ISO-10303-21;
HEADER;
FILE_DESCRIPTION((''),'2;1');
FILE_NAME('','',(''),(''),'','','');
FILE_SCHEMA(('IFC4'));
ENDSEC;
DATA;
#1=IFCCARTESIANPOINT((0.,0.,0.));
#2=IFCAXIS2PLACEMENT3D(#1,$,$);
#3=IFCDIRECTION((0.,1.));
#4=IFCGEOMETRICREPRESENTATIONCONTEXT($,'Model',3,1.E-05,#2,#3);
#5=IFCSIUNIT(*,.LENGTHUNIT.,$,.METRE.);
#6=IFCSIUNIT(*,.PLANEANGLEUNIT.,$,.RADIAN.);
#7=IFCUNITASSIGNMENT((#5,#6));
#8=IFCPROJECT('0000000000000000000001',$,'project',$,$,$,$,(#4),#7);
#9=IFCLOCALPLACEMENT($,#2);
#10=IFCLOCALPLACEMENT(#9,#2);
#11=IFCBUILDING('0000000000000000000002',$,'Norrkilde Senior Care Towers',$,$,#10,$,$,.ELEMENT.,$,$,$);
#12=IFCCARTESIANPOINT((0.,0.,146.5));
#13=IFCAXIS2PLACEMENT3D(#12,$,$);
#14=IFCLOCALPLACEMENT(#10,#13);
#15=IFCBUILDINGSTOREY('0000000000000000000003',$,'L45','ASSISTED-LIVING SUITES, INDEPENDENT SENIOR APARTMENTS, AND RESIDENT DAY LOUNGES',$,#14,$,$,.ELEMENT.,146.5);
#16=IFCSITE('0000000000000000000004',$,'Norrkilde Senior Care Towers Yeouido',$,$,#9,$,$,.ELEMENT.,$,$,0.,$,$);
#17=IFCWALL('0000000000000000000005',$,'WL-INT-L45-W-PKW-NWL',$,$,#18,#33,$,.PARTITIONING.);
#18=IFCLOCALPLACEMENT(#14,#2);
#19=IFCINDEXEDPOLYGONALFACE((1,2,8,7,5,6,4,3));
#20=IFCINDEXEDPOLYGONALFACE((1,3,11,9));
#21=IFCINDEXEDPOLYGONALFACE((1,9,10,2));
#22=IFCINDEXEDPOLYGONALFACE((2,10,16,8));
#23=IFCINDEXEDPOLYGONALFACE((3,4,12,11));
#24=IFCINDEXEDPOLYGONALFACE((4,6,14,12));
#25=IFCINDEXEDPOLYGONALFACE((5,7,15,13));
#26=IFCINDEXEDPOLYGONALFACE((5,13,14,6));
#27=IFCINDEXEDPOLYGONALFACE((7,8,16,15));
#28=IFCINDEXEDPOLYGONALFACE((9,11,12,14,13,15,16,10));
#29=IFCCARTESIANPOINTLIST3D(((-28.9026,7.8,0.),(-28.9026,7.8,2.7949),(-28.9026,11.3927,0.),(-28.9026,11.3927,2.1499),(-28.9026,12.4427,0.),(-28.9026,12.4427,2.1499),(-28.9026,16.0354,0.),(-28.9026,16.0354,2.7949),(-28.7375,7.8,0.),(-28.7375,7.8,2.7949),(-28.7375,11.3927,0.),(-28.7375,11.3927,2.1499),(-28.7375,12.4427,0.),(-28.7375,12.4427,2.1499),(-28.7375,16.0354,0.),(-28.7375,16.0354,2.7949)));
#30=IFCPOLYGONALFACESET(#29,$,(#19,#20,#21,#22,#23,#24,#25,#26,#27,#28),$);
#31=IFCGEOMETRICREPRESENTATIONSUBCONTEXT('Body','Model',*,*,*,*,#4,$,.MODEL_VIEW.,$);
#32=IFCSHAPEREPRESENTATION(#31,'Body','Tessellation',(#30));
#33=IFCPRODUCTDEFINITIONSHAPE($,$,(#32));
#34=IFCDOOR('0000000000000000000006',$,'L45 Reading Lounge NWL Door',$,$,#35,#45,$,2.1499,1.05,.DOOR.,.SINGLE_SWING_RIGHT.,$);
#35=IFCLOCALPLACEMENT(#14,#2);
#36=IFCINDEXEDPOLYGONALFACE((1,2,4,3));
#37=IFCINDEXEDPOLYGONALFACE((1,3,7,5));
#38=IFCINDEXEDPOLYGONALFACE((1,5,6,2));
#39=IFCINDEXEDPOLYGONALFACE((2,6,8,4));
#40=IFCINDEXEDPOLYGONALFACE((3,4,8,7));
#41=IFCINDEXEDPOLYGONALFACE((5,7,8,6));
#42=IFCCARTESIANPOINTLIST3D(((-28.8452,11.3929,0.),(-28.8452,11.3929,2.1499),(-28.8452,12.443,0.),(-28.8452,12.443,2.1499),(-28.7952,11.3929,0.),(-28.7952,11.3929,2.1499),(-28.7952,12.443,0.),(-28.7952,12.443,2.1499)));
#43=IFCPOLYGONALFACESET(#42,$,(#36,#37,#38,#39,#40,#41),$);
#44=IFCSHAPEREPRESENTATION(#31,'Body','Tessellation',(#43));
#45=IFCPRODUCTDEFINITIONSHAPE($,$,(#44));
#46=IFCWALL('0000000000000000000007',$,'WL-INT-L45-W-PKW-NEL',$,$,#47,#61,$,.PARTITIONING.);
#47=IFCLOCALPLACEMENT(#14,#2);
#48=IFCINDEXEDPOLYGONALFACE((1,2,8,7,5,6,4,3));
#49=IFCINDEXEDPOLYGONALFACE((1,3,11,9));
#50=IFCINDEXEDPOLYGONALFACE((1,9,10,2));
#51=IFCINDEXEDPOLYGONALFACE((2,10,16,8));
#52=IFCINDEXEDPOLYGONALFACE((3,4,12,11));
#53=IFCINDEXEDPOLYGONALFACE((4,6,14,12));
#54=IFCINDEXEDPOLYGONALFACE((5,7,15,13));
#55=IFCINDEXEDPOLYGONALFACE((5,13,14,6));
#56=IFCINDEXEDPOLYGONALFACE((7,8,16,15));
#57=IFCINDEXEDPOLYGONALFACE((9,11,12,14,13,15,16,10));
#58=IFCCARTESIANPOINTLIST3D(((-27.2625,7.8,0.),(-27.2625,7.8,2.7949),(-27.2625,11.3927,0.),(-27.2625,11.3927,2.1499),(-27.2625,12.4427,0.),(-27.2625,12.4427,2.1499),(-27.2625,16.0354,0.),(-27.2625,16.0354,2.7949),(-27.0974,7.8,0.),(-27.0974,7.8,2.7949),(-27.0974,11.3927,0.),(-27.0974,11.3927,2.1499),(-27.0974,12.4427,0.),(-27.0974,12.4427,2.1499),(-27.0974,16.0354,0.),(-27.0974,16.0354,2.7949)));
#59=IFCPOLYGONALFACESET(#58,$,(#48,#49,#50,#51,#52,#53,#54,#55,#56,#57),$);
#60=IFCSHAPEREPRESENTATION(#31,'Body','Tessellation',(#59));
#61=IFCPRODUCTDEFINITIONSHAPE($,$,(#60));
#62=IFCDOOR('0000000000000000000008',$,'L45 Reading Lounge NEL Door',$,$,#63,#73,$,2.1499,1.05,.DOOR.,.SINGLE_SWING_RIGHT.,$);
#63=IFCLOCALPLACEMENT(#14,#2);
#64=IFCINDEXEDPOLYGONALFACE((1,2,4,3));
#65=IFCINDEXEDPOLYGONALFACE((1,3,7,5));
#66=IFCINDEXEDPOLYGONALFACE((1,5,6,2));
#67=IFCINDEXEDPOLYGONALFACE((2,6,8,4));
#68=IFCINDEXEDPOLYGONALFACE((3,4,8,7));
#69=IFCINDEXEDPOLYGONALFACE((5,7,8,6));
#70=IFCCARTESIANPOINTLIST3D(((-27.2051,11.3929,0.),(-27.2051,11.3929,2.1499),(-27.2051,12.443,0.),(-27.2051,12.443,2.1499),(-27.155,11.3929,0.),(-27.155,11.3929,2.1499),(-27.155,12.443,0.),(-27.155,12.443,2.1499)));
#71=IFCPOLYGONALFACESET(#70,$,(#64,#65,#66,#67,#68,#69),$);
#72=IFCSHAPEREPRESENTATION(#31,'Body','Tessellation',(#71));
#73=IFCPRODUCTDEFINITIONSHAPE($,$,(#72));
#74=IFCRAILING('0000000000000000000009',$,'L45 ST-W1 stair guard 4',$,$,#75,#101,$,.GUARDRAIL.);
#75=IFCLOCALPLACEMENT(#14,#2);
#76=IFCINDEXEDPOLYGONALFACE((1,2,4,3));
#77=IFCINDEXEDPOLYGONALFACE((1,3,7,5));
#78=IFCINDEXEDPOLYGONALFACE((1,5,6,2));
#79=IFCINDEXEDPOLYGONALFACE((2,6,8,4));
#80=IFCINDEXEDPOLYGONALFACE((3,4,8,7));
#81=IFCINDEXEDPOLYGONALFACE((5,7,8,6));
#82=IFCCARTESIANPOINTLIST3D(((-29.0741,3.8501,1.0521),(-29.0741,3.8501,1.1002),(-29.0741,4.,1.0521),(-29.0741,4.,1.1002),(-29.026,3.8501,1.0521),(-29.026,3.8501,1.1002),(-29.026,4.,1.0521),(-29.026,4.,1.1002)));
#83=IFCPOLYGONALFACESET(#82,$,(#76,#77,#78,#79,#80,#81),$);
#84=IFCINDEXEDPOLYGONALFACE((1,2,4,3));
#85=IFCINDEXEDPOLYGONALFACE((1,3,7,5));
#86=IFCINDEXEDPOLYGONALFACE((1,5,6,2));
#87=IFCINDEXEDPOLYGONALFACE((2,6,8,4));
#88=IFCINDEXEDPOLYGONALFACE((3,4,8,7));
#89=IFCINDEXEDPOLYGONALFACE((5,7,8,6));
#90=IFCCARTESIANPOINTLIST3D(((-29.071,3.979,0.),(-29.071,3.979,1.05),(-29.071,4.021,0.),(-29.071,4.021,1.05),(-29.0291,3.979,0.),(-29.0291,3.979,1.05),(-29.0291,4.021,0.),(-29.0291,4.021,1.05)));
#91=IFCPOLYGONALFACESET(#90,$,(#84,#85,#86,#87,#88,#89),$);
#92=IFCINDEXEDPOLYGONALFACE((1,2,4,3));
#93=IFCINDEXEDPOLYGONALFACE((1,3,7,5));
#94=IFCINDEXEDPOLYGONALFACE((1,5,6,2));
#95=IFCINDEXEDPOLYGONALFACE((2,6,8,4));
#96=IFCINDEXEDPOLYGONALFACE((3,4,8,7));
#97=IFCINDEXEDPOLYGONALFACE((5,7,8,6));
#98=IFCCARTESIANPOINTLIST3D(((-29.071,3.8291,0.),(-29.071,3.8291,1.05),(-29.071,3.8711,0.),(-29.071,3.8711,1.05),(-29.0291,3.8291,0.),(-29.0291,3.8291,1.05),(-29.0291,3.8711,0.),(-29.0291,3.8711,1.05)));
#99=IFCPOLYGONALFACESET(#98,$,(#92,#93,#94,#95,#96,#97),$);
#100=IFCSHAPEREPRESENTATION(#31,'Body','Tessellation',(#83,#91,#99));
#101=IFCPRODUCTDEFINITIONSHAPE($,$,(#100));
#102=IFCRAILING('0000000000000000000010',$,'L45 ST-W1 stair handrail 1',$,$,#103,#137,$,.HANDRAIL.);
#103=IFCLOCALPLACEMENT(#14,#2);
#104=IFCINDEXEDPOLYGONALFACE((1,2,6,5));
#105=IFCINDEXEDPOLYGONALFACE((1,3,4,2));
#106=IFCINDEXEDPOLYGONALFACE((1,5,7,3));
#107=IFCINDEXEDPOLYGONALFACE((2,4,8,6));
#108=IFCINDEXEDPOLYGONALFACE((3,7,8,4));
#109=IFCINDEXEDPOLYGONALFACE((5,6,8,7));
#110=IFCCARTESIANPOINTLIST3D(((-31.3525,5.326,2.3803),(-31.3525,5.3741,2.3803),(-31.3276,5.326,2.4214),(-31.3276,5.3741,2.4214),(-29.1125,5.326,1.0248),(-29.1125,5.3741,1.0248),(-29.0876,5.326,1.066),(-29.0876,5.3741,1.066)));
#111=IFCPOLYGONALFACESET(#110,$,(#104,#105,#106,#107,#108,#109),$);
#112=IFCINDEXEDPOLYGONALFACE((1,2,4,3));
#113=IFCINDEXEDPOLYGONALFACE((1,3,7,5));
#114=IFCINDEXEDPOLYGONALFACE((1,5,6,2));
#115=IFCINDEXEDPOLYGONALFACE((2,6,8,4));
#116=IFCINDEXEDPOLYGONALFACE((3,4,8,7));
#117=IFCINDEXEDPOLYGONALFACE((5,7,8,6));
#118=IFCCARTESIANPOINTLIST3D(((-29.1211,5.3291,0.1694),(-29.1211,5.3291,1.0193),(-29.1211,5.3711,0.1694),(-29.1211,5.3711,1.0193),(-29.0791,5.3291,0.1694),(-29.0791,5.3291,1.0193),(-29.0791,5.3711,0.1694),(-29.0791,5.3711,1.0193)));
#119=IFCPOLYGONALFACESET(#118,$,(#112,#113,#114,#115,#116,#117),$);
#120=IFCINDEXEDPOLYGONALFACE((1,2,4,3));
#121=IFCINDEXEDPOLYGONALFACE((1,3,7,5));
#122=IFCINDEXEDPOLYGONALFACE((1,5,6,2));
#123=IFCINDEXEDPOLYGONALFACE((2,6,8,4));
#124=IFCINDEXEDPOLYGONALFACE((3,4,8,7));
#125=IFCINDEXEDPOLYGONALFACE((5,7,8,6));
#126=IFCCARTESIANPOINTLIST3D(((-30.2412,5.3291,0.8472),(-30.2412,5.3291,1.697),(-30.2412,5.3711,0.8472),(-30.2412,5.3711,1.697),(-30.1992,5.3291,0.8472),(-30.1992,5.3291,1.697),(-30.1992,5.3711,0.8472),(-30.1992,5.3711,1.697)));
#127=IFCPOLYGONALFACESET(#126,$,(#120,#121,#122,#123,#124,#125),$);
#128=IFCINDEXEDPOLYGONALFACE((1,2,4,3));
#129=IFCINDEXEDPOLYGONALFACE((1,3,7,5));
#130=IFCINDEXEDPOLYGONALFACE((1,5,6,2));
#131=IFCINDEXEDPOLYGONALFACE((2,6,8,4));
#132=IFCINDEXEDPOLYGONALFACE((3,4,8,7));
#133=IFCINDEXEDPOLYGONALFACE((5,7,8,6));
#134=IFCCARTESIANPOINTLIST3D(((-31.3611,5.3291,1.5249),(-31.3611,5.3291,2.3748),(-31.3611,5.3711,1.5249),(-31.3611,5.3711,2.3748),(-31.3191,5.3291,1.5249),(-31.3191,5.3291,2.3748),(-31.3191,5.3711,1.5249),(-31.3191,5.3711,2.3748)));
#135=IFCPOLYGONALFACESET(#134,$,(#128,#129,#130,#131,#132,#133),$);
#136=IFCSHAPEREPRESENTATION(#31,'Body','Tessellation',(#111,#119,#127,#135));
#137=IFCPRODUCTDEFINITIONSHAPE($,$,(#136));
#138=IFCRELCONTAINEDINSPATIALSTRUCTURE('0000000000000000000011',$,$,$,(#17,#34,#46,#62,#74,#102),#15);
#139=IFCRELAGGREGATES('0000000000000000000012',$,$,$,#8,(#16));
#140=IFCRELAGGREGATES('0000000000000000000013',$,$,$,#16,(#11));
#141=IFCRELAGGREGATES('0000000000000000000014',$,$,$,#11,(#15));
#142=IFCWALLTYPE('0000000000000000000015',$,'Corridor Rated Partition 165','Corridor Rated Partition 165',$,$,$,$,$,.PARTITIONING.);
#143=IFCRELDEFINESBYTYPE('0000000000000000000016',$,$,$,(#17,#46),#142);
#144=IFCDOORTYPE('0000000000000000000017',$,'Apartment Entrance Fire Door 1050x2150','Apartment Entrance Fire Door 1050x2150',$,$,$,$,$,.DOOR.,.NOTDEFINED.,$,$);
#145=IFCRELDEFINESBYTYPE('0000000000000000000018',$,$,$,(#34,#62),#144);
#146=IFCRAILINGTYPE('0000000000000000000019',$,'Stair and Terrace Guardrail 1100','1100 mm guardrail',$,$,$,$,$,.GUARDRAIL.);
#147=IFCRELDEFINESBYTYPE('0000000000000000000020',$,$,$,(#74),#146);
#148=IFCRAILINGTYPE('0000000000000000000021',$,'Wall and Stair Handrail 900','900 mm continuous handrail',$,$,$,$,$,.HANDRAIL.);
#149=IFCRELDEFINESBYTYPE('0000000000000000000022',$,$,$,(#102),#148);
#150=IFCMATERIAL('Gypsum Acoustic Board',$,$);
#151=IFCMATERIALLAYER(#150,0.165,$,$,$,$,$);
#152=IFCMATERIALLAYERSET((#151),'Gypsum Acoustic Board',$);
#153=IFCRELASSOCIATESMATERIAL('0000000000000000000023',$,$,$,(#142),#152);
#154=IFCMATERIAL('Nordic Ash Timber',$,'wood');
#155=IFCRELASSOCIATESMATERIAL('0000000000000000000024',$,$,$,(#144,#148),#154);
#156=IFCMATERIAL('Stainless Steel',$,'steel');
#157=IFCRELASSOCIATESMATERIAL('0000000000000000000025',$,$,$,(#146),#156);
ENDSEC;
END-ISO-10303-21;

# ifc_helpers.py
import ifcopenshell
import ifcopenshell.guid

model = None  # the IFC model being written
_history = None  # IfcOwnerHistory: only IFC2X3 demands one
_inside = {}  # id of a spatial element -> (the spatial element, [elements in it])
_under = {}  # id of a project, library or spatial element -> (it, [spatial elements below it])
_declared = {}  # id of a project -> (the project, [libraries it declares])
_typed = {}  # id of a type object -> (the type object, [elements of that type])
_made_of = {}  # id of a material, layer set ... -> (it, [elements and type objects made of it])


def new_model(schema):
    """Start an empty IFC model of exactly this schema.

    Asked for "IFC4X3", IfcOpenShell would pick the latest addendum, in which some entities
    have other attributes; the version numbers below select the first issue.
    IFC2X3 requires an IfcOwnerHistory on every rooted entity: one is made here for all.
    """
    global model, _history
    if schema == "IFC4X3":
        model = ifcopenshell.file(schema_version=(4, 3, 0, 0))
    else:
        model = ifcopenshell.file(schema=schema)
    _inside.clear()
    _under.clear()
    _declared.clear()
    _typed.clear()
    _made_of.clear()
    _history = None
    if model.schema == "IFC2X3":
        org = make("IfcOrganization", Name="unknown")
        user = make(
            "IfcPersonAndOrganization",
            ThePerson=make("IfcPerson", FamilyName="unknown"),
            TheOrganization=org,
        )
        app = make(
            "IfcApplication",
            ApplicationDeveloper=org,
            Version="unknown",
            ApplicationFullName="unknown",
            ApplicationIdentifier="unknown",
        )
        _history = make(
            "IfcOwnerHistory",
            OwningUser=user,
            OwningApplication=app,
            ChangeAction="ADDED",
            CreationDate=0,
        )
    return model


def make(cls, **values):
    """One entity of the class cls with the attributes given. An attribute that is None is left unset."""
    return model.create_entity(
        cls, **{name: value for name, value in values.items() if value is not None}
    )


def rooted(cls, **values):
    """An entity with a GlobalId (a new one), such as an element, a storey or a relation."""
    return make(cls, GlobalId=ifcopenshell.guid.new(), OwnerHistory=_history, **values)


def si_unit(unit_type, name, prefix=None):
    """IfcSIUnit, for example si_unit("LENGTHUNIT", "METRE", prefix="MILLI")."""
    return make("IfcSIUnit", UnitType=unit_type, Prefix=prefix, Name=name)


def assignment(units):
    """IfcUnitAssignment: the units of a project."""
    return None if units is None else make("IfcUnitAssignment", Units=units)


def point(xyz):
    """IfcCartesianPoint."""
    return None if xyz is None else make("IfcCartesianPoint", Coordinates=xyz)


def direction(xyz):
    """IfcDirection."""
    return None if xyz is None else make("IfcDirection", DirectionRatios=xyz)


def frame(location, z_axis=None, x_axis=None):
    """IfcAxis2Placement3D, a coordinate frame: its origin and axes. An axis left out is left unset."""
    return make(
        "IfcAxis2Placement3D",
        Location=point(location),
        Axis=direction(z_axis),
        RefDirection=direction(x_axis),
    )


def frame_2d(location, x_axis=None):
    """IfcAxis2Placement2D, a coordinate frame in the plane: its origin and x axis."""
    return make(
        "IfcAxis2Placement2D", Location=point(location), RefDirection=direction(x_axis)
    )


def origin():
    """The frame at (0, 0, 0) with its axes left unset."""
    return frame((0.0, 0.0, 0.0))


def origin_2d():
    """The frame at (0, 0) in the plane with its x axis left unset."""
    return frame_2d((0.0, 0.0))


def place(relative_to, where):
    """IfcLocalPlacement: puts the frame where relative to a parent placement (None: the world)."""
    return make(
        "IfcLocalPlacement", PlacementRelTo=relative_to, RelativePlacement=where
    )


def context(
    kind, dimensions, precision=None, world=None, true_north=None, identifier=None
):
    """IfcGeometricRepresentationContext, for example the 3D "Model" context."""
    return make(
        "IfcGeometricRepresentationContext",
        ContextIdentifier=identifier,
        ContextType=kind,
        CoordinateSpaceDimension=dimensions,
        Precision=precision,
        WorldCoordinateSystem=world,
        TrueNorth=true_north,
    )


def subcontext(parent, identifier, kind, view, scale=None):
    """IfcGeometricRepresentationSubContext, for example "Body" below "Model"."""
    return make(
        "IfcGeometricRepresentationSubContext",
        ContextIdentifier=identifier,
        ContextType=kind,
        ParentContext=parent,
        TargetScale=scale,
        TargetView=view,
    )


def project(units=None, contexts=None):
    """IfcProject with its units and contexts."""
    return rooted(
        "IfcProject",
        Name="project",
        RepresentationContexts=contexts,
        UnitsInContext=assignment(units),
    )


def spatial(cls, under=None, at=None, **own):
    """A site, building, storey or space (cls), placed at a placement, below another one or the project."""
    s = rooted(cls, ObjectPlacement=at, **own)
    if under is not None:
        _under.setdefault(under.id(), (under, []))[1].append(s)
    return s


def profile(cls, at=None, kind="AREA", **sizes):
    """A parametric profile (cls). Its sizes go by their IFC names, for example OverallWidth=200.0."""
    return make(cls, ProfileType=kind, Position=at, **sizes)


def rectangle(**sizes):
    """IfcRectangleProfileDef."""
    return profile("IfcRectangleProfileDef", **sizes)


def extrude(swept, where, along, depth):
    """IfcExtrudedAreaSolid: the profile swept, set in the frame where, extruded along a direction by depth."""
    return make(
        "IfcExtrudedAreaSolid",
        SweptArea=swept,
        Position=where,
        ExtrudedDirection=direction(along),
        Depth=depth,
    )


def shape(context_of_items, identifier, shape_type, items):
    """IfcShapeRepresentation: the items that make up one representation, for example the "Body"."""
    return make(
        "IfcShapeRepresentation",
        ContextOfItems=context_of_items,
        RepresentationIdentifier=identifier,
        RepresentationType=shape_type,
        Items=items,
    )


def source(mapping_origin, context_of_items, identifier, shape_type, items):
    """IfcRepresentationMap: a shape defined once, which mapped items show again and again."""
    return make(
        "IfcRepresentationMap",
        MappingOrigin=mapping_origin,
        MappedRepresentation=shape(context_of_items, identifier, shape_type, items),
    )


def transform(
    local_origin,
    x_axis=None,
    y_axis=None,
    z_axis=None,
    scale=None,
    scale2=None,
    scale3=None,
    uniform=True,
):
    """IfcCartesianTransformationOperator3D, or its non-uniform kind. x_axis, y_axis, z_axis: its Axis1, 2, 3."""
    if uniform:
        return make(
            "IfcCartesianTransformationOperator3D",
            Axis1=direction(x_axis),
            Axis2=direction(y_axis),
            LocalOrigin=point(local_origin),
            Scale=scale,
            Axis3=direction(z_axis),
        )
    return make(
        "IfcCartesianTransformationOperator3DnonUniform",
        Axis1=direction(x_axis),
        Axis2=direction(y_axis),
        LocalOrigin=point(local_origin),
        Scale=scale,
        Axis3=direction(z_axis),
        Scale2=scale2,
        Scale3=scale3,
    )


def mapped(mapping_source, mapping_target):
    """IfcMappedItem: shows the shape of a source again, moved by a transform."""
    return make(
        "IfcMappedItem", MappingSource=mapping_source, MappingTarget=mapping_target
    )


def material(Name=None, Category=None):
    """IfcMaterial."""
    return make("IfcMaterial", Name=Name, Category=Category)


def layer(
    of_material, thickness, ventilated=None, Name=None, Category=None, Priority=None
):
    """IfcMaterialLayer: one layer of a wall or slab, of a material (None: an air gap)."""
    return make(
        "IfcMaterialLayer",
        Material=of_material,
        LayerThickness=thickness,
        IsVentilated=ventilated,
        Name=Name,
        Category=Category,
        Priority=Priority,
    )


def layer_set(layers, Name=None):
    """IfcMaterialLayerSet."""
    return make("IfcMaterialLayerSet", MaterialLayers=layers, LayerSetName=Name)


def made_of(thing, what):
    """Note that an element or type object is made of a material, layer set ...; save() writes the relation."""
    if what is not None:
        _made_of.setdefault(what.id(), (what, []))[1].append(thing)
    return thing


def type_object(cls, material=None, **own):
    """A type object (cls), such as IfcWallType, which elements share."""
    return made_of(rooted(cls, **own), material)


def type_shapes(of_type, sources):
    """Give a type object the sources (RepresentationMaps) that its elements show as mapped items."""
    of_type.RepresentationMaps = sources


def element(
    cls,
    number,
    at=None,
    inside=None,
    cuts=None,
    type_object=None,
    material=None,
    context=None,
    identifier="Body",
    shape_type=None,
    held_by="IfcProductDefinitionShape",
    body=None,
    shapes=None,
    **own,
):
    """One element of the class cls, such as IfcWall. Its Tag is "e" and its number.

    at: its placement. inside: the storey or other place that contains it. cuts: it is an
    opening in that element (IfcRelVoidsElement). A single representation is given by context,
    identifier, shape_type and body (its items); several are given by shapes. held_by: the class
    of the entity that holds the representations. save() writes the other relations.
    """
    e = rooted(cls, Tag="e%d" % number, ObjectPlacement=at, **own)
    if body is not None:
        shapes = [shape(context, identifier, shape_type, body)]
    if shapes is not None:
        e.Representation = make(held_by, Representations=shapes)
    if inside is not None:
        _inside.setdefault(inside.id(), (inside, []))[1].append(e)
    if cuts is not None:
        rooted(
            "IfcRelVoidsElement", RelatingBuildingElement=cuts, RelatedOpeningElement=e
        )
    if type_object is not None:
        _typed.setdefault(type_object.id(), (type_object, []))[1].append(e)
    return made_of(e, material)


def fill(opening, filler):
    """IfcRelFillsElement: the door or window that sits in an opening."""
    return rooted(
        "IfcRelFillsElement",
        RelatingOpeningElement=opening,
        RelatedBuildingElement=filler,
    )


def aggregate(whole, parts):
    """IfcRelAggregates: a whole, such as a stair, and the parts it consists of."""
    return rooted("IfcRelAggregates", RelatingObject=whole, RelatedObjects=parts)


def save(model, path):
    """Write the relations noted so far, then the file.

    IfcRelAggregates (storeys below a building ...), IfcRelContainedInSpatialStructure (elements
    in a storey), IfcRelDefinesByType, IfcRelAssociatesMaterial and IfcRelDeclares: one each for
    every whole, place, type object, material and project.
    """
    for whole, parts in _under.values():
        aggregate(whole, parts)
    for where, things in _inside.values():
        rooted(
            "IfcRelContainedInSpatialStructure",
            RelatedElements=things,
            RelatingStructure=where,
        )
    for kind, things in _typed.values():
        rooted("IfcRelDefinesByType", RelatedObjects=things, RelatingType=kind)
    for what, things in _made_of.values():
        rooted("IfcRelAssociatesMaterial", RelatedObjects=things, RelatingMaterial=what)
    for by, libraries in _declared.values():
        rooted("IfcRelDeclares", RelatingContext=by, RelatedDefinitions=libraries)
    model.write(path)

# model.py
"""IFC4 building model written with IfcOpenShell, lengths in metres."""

from ifc_helpers import new_model, si_unit, direction, frame, frame_2d, origin, origin_2d, place, context, subcontext, project, spatial, rectangle, extrude, source, transform, mapped, material, layer, layer_set, type_object, type_shapes, element, fill, save


model = new_model("IFC4")

# Units and contexts
model_context = context("Model", 3, precision=1e-05, world=origin(), true_north=direction((0.0, 1.0)))
body_context = subcontext(model_context, "Body", "Model", "MODEL_VIEW")
ifc_project = project(units=[si_unit("LENGTHUNIT", "METRE"), si_unit("PLANEANGLEUNIT", "RADIAN")], contexts=[model_context])

# Site, building, storey
site_placement = place(None, origin())
site = spatial("IfcSite", under=ifc_project, at=site_placement, Name="Norrkilde Senior Care Towers Yeouido", CompositionType="ELEMENT", RefElevation=0.0)
building_placement = place(site_placement, origin())
building = spatial("IfcBuilding", under=site, at=building_placement, Name="Norrkilde Senior Care Towers", CompositionType="ELEMENT")
storey_placement = place(building_placement, frame((0.0, 0.0, 146.5)))
storey = spatial("IfcBuildingStorey", under=building, at=storey_placement, Name="L45", Description="ASSISTED-LIVING SUITES, INDEPENDENT SENIOR APARTMENTS, AND RESIDENT DAY LOUNGES", CompositionType="ELEMENT", Elevation=146.5)

# Walls, openings, doors
ifc_material_1 = material(Name="Gypsum Acoustic Board")
ifc_layer_1 = layer(ifc_material_1, 0.165)
ifc_layer_set_1 = layer_set([ifc_layer_1], Name="Gypsum Acoustic Board")
wall_type_1 = type_object("IfcWallType", Name="Corridor Rated Partition 165", Description="Corridor Rated Partition 165", PredefinedType="PARTITIONING", material=ifc_layer_set_1)
shared_shape_1 = source(origin(), body_context, "Body", "SweptSolid", [
    extrude(rectangle(XDim=8.2354, YDim=0.165, at=frame_2d((4.1177, 0.0))), origin(), (0.0, 0.0, 1.0), 2.7949),
])
type_shapes(wall_type_1, [shared_shape_1])
wall_1_placement = place(storey_placement, frame((-28.8201, 7.8, 0.0), z_axis=(0.0, 0.0, 1.0), x_axis=(0.0, 1.0, 0.0)))
wall_1 = element("IfcWall", 1, at=wall_1_placement, inside=storey, type_object=wall_type_1, Name="WL-INT-L45-W-PKW-NWL", PredefinedType="PARTITIONING", context=body_context, shape_type="MappedRepresentation", body=[
    mapped(shared_shape_1, transform((0.0, 0.0, 0.0), x_axis=(1.0, 0.0, 0.0), y_axis=(0.0, 1.0, 0.0), z_axis=(0.0, 0.0, 1.0), scale=1.0)),
])
opening_1_placement = place(wall_1_placement, frame((3.5928, 0.0, 0.0)))
opening_1 = element("IfcOpeningElement", 2, at=opening_1_placement, cuts=wall_1, PredefinedType="OPENING", context=body_context, shape_type="SweptSolid", body=[
    extrude(rectangle(XDim=1.05, YDim=2.1499, at=frame_2d((0.5249, 1.075))), frame((0.0, 0.0925, 0.0), z_axis=(0.0, -1.0, 0.0), x_axis=(1.0, 0.0, 0.0)), (0.0, 0.0, 1.0), 0.1851),
])
ifc_material_2 = material(Name="Nordic Ash Timber", Category="wood")
door_type_1 = type_object("IfcDoorType", Name="Apartment Entrance Fire Door 1050x2150", Description="Apartment Entrance Fire Door 1050x2150", OperationType="NOTDEFINED", PredefinedType="DOOR", material=ifc_material_2)
shared_shape_2 = source(origin(), body_context, "Body", "SweptSolid", [
    extrude(rectangle(XDim=1.05, YDim=2.1499, at=frame_2d((0.5249, 1.075))), frame((0.0, 0.0249, 0.0), z_axis=(0.0, -1.0, 0.0), x_axis=(1.0, 0.0, 0.0)), (0.0, 0.0, 1.0), 0.05),
])
type_shapes(door_type_1, [shared_shape_2])
door_1_placement = place(opening_1_placement, frame((1.05, 0.0, 0.0), z_axis=(0.0, 0.0, 1.0), x_axis=(-1.0, 0.0, 0.0)))
door_1 = element("IfcDoor", 3, at=door_1_placement, inside=storey, type_object=door_type_1, Name="L45 Reading Lounge NWL Door", OperationType="SINGLE_SWING_RIGHT", OverallHeight=2.1499, OverallWidth=1.05, PredefinedType="DOOR", context=body_context, shape_type="MappedRepresentation", body=[
    mapped(shared_shape_2, transform((0.0, 0.0, 0.0), x_axis=(1.0, 0.0, 0.0), y_axis=(0.0, 1.0, 0.0), z_axis=(0.0, 0.0, 1.0), scale=1.0)),
])
fill(opening_1, door_1)
wall_2_placement = place(storey_placement, frame((-27.1799, 7.8, 0.0), z_axis=(0.0, 0.0, 1.0), x_axis=(0.0, 1.0, 0.0)))
wall_2 = element("IfcWall", 4, at=wall_2_placement, inside=storey, type_object=wall_type_1, Name="WL-INT-L45-W-PKW-NEL", PredefinedType="PARTITIONING", context=body_context, shape_type="MappedRepresentation", body=[
    mapped(shared_shape_1, transform((0.0, 0.0, 0.0), x_axis=(1.0, 0.0, 0.0), y_axis=(0.0, 1.0, 0.0), z_axis=(0.0, 0.0, 1.0), scale=1.0)),
])
opening_2_placement = place(wall_2_placement, frame((3.5928, 0.0, 0.0)))
opening_2 = element("IfcOpeningElement", 5, at=opening_2_placement, cuts=wall_2, PredefinedType="OPENING", context=body_context, shape_type="SweptSolid", body=[
    extrude(rectangle(XDim=1.05, YDim=2.1499, at=frame_2d((0.5249, 1.075))), frame((0.0, 0.0925, 0.0), z_axis=(0.0, -1.0, 0.0), x_axis=(1.0, 0.0, 0.0)), (0.0, 0.0, 1.0), 0.1851),
])
door_2_placement = place(opening_2_placement, frame((1.05, 0.0, 0.0), z_axis=(0.0, 0.0, 1.0), x_axis=(-1.0, 0.0, 0.0)))
door_2 = element("IfcDoor", 6, at=door_2_placement, inside=storey, type_object=door_type_1, Name="L45 Reading Lounge NEL Door", OperationType="SINGLE_SWING_RIGHT", OverallHeight=2.1499, OverallWidth=1.05, PredefinedType="DOOR", context=body_context, shape_type="MappedRepresentation", body=[
    mapped(shared_shape_2, transform((0.0, 0.0, 0.0), x_axis=(1.0, 0.0, 0.0), y_axis=(0.0, 1.0, 0.0), z_axis=(0.0, 0.0, 1.0), scale=1.0)),
])
fill(opening_2, door_2)

# Railings
ifc_material_3 = material(Name="Stainless Steel", Category="steel")
railing_type_1 = type_object("IfcRailingType", Name="Stair and Terrace Guardrail 1100", Description="1100 mm guardrail", PredefinedType="GUARDRAIL", material=ifc_material_3)
railing_1_placement = place(storey_placement, frame((-29.05, 4.0, 0.0)))
element("IfcRailing", 7, at=railing_1_placement, inside=storey, type_object=railing_type_1, Name="L45 ST-W1 stair guard 4", PredefinedType="GUARDRAIL", context=body_context, shape_type="SweptSolid", body=[
    extrude(rectangle(XDim=0.0481, YDim=0.0481, at=origin_2d()), frame((0.0, 0.0, 1.0762), z_axis=(0.0, -1.0, 0.0), x_axis=(1.0, 0.0, 0.0)), (0.0, 0.0, 1.0), 0.1499),
    extrude(rectangle(XDim=0.042, YDim=0.042, at=origin_2d()), origin(), (0.0, 0.0, 1.0), 1.05),
    extrude(rectangle(XDim=0.042, YDim=0.042, at=origin_2d()), frame((0.0, -0.1499, 0.0)), (0.0, 0.0, 1.0), 1.05),
])
railing_type_2 = type_object("IfcRailingType", Name="Wall and Stair Handrail 900", Description="900 mm continuous handrail", PredefinedType="HANDRAIL", material=ifc_material_2)
railing_2_placement = place(storey_placement, frame((-29.1001, 5.3501, 0.1694)))
element("IfcRailing", 8, at=railing_2_placement, inside=storey, type_object=railing_type_2, Name="L45 ST-W1 stair handrail 1", PredefinedType="HANDRAIL", context=body_context, shape_type="SweptSolid", body=[
    extrude(rectangle(XDim=0.0481, YDim=0.0481, at=origin_2d()), frame((0.0, 0.0, 0.876), z_axis=(-0.855553, 0.0, 0.517715), x_axis=(0.0, -1.0, 0.0)), (0.0, 0.0, 1.0), 2.6182),
    extrude(rectangle(XDim=0.042, YDim=0.042, at=origin_2d()), origin(), (0.0, 0.0, 1.0), 0.8499),
    extrude(rectangle(XDim=0.042, YDim=0.042, at=origin_2d()), frame((-1.1201, 0.0, 0.6777)), (0.0, 0.0, 1.0), 0.8499),
    extrude(rectangle(XDim=0.042, YDim=0.042, at=origin_2d()), frame((-2.24, 0.0, 1.3555)), (0.0, 0.0, 1.0), 0.8499),
])

save(model, "model.ifc")
